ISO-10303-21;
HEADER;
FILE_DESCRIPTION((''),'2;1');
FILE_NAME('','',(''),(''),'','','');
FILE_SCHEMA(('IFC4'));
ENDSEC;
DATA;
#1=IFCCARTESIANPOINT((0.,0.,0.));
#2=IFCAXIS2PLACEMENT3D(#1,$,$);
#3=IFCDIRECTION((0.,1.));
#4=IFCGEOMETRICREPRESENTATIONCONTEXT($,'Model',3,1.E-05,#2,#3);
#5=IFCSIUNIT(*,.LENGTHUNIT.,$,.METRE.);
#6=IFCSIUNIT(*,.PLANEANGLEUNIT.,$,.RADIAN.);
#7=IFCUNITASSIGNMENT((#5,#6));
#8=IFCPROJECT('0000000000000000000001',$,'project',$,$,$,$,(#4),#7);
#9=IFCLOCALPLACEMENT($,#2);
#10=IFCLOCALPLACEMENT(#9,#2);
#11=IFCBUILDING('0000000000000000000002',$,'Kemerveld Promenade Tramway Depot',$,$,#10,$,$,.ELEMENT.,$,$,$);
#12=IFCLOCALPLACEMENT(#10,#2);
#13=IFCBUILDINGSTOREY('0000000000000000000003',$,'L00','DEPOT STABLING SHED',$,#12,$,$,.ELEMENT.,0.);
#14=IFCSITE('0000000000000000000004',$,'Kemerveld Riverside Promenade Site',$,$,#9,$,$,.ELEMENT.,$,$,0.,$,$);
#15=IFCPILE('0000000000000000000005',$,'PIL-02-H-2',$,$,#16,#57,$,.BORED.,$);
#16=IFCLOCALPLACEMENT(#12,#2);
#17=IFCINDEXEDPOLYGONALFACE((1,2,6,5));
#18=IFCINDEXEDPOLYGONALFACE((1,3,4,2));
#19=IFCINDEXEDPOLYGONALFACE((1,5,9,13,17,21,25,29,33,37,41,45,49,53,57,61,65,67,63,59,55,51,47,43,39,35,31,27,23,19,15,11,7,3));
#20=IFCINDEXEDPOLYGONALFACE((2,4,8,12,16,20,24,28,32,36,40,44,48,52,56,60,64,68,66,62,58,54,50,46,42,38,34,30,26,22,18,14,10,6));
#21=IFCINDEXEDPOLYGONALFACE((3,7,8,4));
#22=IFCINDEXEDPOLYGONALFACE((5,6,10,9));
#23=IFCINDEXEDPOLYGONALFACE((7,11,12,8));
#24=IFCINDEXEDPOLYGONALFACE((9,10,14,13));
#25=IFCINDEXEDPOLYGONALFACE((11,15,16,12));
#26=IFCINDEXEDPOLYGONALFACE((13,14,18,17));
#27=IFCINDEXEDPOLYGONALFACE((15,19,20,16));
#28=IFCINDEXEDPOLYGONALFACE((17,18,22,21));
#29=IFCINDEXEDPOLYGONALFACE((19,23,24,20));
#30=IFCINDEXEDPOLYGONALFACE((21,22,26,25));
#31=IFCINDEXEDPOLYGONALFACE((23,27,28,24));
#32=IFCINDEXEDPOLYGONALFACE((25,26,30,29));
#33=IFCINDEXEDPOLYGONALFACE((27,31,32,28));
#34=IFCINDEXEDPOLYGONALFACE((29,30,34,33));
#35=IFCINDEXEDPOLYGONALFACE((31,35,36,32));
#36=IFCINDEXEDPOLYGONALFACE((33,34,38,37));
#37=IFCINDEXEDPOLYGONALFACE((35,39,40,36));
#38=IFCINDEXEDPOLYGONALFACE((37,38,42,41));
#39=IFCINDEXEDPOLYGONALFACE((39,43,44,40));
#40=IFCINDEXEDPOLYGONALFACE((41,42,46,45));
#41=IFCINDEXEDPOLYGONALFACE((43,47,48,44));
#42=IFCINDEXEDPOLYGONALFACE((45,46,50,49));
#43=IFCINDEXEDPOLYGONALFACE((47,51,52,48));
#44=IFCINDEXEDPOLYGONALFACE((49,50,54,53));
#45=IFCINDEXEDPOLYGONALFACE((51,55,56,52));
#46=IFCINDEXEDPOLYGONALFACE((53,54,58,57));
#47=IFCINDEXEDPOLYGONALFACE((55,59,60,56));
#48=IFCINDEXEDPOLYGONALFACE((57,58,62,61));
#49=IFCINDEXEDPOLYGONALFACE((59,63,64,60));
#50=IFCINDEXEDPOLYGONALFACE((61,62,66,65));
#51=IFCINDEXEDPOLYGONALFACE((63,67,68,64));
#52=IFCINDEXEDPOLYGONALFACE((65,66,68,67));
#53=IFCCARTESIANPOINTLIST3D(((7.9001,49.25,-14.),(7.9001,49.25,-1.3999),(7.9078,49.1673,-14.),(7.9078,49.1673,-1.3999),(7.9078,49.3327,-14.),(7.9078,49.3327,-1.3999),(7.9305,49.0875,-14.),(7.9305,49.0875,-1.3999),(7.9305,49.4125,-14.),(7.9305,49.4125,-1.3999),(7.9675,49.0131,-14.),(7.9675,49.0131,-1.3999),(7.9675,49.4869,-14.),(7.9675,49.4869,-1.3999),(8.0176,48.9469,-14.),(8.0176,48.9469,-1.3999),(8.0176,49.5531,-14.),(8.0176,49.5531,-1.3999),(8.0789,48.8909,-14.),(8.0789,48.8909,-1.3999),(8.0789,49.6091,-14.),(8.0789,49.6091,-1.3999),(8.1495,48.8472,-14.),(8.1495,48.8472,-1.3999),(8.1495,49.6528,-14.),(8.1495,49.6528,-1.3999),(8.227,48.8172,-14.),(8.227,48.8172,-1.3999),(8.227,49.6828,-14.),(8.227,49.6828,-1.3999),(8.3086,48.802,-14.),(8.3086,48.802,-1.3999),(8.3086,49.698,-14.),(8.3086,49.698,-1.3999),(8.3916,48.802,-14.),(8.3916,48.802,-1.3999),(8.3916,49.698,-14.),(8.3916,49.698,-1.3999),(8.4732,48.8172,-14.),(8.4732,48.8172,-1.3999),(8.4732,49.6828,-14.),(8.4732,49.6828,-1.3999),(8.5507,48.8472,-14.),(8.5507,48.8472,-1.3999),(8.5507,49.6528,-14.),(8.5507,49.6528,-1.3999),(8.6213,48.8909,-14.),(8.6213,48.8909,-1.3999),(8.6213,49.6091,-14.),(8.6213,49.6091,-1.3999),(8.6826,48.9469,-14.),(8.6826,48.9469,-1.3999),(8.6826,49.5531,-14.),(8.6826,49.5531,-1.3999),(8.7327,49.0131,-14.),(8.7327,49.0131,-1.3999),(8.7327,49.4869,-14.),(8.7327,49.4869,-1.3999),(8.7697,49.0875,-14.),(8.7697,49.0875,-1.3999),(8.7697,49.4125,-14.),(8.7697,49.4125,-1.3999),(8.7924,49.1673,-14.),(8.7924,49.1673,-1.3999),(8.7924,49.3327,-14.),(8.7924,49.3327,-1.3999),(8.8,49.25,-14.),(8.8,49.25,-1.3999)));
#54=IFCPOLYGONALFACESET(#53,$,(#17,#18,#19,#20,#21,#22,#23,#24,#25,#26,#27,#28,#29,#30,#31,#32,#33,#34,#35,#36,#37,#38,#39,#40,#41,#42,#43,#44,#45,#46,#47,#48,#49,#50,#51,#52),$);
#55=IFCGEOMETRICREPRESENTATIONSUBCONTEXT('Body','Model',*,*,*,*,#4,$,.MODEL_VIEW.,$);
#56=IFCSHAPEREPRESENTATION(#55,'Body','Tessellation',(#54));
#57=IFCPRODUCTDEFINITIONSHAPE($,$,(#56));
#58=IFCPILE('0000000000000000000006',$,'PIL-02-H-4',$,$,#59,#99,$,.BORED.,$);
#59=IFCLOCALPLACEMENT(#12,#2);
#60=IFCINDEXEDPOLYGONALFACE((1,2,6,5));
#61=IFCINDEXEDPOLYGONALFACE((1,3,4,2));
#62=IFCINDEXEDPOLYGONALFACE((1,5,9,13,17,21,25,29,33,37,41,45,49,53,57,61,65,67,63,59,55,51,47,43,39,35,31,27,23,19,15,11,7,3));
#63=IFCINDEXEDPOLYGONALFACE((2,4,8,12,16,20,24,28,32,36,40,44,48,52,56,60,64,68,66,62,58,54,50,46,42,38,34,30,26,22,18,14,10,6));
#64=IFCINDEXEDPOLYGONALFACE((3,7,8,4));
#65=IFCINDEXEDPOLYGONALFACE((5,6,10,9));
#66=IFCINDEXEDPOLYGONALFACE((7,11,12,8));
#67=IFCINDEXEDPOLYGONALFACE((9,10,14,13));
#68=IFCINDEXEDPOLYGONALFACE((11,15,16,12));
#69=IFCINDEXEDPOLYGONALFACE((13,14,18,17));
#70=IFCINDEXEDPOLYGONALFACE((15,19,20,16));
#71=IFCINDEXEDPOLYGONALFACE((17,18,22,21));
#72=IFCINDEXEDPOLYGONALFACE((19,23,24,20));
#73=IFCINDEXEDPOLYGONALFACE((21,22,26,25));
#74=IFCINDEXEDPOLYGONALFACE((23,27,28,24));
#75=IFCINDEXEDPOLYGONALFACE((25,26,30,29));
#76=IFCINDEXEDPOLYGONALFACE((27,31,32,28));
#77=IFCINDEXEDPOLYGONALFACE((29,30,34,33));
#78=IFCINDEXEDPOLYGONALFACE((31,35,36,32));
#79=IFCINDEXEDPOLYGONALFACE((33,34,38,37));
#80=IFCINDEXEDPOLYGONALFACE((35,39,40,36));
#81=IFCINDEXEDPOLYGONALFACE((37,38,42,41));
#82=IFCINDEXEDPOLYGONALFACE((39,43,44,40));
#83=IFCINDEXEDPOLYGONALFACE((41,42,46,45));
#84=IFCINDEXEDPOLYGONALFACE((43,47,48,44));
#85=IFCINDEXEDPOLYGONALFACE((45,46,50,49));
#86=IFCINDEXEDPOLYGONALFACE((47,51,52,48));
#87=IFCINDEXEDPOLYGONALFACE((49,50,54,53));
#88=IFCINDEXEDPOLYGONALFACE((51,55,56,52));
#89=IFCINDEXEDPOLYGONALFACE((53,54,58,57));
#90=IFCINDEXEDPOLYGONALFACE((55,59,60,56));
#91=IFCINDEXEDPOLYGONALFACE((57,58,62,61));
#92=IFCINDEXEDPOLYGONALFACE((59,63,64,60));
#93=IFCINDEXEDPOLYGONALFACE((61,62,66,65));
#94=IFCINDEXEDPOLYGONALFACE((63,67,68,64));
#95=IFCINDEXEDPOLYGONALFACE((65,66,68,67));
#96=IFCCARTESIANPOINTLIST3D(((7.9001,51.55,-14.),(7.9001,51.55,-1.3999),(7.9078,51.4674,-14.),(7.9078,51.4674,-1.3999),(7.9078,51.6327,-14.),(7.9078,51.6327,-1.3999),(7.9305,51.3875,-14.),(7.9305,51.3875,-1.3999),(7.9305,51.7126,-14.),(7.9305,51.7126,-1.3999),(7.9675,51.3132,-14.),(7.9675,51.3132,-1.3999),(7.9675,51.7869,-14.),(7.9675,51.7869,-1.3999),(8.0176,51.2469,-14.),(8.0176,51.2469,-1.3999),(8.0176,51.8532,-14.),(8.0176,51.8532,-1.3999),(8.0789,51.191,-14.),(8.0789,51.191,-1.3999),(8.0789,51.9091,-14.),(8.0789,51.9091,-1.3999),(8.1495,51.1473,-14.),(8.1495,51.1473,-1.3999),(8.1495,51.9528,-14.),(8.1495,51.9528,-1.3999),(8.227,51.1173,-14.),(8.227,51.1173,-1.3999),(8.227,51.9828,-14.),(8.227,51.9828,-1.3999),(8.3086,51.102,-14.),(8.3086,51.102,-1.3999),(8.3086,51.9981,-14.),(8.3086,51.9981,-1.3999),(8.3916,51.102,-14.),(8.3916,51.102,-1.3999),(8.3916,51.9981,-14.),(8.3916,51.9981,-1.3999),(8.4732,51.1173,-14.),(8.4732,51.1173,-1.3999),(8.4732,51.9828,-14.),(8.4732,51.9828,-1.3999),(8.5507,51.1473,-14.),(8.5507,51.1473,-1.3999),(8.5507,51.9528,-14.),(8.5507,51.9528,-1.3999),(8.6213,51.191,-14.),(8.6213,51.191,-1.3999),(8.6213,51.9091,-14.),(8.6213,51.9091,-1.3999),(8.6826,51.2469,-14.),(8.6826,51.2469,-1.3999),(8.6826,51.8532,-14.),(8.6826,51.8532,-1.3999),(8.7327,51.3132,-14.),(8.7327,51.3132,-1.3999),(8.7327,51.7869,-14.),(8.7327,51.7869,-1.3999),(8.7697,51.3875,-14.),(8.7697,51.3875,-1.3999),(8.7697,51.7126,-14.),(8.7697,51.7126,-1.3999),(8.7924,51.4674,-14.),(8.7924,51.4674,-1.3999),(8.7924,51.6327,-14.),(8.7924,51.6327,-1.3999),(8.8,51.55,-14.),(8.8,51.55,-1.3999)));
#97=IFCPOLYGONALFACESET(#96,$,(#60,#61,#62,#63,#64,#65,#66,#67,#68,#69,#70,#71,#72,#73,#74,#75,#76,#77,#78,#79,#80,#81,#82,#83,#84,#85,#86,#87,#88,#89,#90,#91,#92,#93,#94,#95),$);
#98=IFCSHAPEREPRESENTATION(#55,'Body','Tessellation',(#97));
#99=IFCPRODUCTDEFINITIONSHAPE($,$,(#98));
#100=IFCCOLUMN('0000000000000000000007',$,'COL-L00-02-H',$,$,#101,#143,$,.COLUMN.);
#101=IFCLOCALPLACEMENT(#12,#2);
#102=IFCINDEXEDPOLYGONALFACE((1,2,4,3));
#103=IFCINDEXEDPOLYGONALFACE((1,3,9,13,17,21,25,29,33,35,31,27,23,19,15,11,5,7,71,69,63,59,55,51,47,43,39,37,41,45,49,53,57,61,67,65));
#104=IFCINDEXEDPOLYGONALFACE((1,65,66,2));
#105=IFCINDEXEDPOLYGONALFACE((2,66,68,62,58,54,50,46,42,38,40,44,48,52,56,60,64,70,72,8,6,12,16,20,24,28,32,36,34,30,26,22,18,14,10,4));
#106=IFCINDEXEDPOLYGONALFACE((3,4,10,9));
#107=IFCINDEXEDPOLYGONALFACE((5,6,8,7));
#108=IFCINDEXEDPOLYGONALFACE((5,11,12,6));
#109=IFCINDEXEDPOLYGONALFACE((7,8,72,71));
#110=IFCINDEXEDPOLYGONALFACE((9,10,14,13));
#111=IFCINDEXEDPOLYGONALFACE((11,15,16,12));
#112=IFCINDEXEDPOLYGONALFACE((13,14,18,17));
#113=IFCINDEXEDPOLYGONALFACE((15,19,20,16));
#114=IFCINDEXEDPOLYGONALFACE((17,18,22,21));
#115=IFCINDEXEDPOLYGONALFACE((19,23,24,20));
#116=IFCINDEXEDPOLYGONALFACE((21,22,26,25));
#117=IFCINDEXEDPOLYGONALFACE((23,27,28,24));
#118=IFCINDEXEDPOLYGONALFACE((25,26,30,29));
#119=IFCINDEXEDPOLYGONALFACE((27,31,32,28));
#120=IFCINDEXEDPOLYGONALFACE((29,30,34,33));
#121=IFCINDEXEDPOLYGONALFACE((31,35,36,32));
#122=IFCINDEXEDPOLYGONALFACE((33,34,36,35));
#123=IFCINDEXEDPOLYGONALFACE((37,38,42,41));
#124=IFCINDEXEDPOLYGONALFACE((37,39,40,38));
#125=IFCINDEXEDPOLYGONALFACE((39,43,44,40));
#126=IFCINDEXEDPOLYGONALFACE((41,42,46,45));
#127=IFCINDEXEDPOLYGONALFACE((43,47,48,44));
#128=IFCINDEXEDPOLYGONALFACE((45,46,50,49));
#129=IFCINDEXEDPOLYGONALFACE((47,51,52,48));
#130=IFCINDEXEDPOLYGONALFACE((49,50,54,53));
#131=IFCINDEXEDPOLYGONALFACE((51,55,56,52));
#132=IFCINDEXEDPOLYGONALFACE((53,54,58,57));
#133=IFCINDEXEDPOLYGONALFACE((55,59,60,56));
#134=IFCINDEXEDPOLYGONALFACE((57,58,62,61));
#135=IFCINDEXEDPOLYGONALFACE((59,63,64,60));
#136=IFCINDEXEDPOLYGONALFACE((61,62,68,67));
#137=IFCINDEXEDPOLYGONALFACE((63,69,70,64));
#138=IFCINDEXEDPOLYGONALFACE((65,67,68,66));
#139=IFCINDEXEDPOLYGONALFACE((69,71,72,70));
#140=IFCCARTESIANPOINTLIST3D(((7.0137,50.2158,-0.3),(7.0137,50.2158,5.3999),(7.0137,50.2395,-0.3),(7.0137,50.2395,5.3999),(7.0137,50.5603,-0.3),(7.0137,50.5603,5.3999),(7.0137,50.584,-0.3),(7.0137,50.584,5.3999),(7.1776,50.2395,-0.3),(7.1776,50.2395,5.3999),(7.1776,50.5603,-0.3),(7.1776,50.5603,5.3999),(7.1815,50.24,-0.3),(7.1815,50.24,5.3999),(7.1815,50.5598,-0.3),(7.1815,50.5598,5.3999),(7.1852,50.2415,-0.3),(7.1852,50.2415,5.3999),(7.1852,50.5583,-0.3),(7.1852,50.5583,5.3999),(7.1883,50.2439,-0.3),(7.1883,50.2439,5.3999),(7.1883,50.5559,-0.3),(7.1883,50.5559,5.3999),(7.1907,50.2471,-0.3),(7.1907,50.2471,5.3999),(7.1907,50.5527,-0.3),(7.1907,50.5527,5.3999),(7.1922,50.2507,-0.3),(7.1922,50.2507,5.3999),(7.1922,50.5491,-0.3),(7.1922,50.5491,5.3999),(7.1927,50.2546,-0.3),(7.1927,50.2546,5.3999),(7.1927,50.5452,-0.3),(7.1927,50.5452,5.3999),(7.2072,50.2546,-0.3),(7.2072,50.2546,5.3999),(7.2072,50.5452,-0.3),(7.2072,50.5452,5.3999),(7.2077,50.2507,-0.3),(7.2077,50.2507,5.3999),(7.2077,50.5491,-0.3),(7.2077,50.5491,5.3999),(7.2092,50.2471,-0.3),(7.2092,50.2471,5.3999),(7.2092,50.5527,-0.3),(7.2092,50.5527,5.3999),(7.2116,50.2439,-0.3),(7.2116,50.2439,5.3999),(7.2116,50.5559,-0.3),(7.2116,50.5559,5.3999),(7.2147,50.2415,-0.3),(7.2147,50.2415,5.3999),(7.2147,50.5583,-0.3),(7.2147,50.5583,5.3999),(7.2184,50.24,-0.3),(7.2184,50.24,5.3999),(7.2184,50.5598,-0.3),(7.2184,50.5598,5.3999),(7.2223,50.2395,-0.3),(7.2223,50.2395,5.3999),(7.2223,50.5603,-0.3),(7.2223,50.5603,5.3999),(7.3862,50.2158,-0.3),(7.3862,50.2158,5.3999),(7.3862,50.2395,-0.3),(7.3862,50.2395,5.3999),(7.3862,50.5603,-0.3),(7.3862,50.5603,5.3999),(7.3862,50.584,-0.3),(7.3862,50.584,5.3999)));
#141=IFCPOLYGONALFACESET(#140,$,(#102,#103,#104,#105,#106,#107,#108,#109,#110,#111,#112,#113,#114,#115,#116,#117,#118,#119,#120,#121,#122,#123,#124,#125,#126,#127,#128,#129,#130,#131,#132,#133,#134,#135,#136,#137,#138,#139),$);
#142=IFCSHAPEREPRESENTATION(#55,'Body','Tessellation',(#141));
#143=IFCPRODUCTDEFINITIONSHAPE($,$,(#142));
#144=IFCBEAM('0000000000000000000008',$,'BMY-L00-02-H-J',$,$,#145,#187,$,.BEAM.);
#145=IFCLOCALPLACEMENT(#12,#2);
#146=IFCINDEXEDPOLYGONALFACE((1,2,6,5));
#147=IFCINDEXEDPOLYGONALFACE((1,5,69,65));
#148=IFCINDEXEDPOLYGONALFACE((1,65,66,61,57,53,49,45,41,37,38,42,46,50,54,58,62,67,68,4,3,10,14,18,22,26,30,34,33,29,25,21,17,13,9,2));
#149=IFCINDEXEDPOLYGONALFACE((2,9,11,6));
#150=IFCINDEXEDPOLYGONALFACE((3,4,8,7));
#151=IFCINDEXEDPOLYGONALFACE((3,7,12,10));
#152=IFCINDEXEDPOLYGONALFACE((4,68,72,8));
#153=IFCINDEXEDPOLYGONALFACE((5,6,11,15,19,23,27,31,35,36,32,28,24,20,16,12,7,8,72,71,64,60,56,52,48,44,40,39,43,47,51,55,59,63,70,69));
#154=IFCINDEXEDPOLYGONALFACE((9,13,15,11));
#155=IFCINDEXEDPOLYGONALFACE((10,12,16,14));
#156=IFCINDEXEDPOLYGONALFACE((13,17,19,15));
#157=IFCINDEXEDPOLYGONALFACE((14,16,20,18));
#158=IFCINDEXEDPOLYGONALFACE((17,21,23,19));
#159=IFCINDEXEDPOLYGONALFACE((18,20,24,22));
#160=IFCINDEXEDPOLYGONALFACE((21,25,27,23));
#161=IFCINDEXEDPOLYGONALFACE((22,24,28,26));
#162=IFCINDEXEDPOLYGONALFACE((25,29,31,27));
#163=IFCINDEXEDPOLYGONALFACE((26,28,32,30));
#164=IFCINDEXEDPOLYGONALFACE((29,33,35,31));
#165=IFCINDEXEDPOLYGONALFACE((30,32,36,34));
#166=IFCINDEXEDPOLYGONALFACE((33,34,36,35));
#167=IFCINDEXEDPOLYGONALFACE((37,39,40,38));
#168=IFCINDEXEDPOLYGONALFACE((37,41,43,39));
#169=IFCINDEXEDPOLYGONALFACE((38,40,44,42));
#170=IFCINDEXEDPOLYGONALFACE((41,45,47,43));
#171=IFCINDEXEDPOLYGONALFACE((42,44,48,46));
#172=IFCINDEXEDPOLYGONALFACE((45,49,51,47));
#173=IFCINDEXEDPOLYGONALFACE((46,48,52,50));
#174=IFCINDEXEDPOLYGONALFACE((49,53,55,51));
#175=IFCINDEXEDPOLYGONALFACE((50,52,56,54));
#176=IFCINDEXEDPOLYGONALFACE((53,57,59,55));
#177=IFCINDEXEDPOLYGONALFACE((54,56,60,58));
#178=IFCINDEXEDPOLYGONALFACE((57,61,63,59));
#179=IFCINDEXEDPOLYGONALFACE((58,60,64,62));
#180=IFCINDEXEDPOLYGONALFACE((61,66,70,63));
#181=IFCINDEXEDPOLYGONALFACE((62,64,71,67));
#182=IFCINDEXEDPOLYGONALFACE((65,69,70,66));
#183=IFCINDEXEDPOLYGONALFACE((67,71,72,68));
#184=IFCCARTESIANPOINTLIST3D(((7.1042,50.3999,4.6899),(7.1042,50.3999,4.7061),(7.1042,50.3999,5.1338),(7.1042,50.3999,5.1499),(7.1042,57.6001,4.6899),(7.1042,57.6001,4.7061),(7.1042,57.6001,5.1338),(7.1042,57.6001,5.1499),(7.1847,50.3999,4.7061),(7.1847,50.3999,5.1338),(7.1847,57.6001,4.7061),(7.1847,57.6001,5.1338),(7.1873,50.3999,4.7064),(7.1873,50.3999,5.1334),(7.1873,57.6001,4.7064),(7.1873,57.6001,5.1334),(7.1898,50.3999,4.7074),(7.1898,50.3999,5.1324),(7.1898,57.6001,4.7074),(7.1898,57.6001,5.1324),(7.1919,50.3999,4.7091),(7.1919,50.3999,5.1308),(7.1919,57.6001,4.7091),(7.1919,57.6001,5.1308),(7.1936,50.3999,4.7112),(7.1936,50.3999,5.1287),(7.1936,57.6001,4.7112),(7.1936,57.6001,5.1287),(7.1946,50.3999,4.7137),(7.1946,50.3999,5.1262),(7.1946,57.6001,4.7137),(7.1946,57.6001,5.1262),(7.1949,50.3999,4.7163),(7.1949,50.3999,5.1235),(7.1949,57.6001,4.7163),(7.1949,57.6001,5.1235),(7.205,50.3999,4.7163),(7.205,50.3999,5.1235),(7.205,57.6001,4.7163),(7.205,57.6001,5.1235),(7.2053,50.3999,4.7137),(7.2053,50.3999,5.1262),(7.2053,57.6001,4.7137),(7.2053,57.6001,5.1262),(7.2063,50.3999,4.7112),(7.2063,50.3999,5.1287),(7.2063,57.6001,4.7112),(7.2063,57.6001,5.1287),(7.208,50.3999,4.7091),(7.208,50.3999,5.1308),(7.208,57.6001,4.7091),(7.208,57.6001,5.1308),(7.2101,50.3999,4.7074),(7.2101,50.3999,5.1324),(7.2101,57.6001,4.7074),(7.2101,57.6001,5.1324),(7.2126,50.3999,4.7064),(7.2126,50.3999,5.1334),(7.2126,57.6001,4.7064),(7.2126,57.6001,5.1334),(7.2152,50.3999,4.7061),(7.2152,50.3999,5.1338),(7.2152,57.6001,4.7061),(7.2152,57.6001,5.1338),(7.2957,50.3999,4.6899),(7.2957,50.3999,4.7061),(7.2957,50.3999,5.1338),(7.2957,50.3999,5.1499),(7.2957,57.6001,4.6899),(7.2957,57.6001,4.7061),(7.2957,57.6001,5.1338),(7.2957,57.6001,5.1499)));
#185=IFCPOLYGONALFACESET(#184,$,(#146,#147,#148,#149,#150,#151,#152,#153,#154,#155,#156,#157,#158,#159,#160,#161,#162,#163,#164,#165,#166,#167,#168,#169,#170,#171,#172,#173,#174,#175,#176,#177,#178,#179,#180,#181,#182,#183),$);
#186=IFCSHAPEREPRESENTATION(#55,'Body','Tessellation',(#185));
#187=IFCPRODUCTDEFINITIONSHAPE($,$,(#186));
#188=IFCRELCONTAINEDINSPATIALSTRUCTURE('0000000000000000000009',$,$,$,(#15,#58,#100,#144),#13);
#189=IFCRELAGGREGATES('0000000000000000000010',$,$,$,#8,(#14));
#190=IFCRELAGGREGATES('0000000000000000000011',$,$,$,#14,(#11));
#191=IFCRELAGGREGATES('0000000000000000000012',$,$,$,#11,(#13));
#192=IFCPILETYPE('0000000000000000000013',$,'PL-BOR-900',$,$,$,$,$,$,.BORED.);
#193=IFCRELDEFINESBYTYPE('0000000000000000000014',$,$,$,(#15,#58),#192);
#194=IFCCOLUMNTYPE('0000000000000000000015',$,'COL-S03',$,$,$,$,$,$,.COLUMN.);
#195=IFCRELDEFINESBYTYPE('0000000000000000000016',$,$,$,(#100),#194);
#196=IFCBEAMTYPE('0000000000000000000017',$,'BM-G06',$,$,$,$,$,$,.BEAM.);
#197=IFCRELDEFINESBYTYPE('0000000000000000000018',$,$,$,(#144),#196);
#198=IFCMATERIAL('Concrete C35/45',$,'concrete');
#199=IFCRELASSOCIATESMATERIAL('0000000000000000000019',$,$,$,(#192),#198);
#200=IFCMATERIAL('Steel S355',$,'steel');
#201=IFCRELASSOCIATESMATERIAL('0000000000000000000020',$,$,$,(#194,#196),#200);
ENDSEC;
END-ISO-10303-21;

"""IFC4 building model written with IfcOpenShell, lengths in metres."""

from ifc_helpers import new_model, si_unit, direction, frame, origin, origin_2d, place, context, subcontext, project, spatial, circle, i_section, extrude, material, material_profile, profile_set, type_object, element, save


model = new_model("IFC4")

# Units and contexts
model_context = context("Model", 3, precision=1e-05, world=origin(), true_north=direction((0.0, 1.0)))
body_context = subcontext(model_context, "Body", "Model", "MODEL_VIEW")
ifc_project = project(units=[si_unit("LENGTHUNIT", "METRE"), si_unit("PLANEANGLEUNIT", "RADIAN")], contexts=[model_context])

# Site, building, storey
site_placement = place(None, origin())
site = spatial("IfcSite", under=ifc_project, at=site_placement, Name="Kemerveld Riverside Promenade Site", CompositionType="ELEMENT", RefElevation=0.0)
building_placement = place(site_placement, origin())
building = spatial("IfcBuilding", under=site, at=building_placement, Name="Kemerveld Promenade Tramway Depot", CompositionType="ELEMENT")
storey_placement = place(building_placement, origin())
storey = spatial("IfcBuildingStorey", under=building, at=storey_placement, Name="L00", Description="DEPOT STABLING SHED", CompositionType="ELEMENT", Elevation=0.0)

# Shared definitions
ifc_material_1 = material(Name="Concrete C35/45", Category="concrete")

# Piles
ifc_material_profile_1 = material_profile(ifc_material_1, circle(Radius=0.45, at=origin_2d()), Name="PILE-D900")
ifc_profile_set_1 = profile_set([ifc_material_profile_1], Name="Concrete C35/45")
pile_type_1 = type_object("IfcPileType", Name="PL-BOR-900", PredefinedType="BORED", material=ifc_profile_set_1)
for number, where, z_axis, x_axis, name in (
    (1, (8.3501, 49.25, -1.3999), (0.0, 0.0, -1.0), (1.0, 0.0, 0.0), "PIL-02-H-2"),
    (2, (8.3501, 51.55, -1.3999), (0.0, 0.0, -1.0), (1.0, 0.0, 0.0), "PIL-02-H-4"),
):
    element("IfcPile", number, at=place(storey_placement, frame(where, z_axis=z_axis, x_axis=x_axis)), inside=storey, type_object=pile_type_1, Name=name, PredefinedType="BORED", context=body_context, shape_type="SweptSolid", body=[
        extrude(circle(Radius=0.45, at=origin_2d()), origin(), (0.0, 0.0, 1.0), 12.6001),
    ])

# Column
ifc_material_2 = material(Name="Steel S355", Category="steel")
ifc_material_profile_2 = material_profile(ifc_material_2, i_section(OverallWidth=0.3726, OverallDepth=0.3682, WebThickness=0.0144, FlangeThickness=0.0237, FilletRadius=0.0151, at=origin_2d()), Name="356x368x177 UC")
ifc_profile_set_2 = profile_set([ifc_material_profile_2], Name="Steel S355")
column_type = type_object("IfcColumnType", Name="COL-S03", PredefinedType="COLUMN", material=ifc_profile_set_2)
column_placement = place(storey_placement, frame((7.2, 50.3999, -0.3), z_axis=(0.0, 0.0, 1.0), x_axis=(1.0, 0.0, 0.0)))
element("IfcColumn", 3, at=column_placement, inside=storey, type_object=column_type, Name="COL-L00-02-H", PredefinedType="COLUMN", context=body_context, shape_type="SweptSolid", body=[
    extrude(i_section(OverallWidth=0.3726, OverallDepth=0.3682, WebThickness=0.0144, FlangeThickness=0.0237, FilletRadius=0.0151, at=origin_2d()), origin(), (0.0, 0.0, 1.0), 5.7),
])

# Beam
ifc_material_profile_3 = material_profile(ifc_material_2, i_section(OverallWidth=0.1914, OverallDepth=0.46, WebThickness=0.01, FlangeThickness=0.0161, FilletRadius=0.0103, at=origin_2d()), Name="457x191x82 UB")
ifc_profile_set_3 = profile_set([ifc_material_profile_3], Name="Steel S355")
beam_type_1 = type_object("IfcBeamType", Name="BM-G06", PredefinedType="BEAM", material=ifc_profile_set_3)
beam_1_placement = place(storey_placement, frame((7.2, 50.3999, 4.9199), z_axis=(0.0, 1.0, 0.0), x_axis=(-1.0, 0.0, 0.0)))
element("IfcBeam", 4, at=beam_1_placement, inside=storey, type_object=beam_type_1, Name="BMY-L00-02-H-J", PredefinedType="BEAM", context=body_context, shape_type="SweptSolid", body=[
    extrude(i_section(OverallWidth=0.1914, OverallDepth=0.46, WebThickness=0.01, FlangeThickness=0.0161, FilletRadius=0.0103, at=origin_2d()), origin(), (0.0, 0.0, 1.0), 7.2002),
])

save(model, "model.ifc")
